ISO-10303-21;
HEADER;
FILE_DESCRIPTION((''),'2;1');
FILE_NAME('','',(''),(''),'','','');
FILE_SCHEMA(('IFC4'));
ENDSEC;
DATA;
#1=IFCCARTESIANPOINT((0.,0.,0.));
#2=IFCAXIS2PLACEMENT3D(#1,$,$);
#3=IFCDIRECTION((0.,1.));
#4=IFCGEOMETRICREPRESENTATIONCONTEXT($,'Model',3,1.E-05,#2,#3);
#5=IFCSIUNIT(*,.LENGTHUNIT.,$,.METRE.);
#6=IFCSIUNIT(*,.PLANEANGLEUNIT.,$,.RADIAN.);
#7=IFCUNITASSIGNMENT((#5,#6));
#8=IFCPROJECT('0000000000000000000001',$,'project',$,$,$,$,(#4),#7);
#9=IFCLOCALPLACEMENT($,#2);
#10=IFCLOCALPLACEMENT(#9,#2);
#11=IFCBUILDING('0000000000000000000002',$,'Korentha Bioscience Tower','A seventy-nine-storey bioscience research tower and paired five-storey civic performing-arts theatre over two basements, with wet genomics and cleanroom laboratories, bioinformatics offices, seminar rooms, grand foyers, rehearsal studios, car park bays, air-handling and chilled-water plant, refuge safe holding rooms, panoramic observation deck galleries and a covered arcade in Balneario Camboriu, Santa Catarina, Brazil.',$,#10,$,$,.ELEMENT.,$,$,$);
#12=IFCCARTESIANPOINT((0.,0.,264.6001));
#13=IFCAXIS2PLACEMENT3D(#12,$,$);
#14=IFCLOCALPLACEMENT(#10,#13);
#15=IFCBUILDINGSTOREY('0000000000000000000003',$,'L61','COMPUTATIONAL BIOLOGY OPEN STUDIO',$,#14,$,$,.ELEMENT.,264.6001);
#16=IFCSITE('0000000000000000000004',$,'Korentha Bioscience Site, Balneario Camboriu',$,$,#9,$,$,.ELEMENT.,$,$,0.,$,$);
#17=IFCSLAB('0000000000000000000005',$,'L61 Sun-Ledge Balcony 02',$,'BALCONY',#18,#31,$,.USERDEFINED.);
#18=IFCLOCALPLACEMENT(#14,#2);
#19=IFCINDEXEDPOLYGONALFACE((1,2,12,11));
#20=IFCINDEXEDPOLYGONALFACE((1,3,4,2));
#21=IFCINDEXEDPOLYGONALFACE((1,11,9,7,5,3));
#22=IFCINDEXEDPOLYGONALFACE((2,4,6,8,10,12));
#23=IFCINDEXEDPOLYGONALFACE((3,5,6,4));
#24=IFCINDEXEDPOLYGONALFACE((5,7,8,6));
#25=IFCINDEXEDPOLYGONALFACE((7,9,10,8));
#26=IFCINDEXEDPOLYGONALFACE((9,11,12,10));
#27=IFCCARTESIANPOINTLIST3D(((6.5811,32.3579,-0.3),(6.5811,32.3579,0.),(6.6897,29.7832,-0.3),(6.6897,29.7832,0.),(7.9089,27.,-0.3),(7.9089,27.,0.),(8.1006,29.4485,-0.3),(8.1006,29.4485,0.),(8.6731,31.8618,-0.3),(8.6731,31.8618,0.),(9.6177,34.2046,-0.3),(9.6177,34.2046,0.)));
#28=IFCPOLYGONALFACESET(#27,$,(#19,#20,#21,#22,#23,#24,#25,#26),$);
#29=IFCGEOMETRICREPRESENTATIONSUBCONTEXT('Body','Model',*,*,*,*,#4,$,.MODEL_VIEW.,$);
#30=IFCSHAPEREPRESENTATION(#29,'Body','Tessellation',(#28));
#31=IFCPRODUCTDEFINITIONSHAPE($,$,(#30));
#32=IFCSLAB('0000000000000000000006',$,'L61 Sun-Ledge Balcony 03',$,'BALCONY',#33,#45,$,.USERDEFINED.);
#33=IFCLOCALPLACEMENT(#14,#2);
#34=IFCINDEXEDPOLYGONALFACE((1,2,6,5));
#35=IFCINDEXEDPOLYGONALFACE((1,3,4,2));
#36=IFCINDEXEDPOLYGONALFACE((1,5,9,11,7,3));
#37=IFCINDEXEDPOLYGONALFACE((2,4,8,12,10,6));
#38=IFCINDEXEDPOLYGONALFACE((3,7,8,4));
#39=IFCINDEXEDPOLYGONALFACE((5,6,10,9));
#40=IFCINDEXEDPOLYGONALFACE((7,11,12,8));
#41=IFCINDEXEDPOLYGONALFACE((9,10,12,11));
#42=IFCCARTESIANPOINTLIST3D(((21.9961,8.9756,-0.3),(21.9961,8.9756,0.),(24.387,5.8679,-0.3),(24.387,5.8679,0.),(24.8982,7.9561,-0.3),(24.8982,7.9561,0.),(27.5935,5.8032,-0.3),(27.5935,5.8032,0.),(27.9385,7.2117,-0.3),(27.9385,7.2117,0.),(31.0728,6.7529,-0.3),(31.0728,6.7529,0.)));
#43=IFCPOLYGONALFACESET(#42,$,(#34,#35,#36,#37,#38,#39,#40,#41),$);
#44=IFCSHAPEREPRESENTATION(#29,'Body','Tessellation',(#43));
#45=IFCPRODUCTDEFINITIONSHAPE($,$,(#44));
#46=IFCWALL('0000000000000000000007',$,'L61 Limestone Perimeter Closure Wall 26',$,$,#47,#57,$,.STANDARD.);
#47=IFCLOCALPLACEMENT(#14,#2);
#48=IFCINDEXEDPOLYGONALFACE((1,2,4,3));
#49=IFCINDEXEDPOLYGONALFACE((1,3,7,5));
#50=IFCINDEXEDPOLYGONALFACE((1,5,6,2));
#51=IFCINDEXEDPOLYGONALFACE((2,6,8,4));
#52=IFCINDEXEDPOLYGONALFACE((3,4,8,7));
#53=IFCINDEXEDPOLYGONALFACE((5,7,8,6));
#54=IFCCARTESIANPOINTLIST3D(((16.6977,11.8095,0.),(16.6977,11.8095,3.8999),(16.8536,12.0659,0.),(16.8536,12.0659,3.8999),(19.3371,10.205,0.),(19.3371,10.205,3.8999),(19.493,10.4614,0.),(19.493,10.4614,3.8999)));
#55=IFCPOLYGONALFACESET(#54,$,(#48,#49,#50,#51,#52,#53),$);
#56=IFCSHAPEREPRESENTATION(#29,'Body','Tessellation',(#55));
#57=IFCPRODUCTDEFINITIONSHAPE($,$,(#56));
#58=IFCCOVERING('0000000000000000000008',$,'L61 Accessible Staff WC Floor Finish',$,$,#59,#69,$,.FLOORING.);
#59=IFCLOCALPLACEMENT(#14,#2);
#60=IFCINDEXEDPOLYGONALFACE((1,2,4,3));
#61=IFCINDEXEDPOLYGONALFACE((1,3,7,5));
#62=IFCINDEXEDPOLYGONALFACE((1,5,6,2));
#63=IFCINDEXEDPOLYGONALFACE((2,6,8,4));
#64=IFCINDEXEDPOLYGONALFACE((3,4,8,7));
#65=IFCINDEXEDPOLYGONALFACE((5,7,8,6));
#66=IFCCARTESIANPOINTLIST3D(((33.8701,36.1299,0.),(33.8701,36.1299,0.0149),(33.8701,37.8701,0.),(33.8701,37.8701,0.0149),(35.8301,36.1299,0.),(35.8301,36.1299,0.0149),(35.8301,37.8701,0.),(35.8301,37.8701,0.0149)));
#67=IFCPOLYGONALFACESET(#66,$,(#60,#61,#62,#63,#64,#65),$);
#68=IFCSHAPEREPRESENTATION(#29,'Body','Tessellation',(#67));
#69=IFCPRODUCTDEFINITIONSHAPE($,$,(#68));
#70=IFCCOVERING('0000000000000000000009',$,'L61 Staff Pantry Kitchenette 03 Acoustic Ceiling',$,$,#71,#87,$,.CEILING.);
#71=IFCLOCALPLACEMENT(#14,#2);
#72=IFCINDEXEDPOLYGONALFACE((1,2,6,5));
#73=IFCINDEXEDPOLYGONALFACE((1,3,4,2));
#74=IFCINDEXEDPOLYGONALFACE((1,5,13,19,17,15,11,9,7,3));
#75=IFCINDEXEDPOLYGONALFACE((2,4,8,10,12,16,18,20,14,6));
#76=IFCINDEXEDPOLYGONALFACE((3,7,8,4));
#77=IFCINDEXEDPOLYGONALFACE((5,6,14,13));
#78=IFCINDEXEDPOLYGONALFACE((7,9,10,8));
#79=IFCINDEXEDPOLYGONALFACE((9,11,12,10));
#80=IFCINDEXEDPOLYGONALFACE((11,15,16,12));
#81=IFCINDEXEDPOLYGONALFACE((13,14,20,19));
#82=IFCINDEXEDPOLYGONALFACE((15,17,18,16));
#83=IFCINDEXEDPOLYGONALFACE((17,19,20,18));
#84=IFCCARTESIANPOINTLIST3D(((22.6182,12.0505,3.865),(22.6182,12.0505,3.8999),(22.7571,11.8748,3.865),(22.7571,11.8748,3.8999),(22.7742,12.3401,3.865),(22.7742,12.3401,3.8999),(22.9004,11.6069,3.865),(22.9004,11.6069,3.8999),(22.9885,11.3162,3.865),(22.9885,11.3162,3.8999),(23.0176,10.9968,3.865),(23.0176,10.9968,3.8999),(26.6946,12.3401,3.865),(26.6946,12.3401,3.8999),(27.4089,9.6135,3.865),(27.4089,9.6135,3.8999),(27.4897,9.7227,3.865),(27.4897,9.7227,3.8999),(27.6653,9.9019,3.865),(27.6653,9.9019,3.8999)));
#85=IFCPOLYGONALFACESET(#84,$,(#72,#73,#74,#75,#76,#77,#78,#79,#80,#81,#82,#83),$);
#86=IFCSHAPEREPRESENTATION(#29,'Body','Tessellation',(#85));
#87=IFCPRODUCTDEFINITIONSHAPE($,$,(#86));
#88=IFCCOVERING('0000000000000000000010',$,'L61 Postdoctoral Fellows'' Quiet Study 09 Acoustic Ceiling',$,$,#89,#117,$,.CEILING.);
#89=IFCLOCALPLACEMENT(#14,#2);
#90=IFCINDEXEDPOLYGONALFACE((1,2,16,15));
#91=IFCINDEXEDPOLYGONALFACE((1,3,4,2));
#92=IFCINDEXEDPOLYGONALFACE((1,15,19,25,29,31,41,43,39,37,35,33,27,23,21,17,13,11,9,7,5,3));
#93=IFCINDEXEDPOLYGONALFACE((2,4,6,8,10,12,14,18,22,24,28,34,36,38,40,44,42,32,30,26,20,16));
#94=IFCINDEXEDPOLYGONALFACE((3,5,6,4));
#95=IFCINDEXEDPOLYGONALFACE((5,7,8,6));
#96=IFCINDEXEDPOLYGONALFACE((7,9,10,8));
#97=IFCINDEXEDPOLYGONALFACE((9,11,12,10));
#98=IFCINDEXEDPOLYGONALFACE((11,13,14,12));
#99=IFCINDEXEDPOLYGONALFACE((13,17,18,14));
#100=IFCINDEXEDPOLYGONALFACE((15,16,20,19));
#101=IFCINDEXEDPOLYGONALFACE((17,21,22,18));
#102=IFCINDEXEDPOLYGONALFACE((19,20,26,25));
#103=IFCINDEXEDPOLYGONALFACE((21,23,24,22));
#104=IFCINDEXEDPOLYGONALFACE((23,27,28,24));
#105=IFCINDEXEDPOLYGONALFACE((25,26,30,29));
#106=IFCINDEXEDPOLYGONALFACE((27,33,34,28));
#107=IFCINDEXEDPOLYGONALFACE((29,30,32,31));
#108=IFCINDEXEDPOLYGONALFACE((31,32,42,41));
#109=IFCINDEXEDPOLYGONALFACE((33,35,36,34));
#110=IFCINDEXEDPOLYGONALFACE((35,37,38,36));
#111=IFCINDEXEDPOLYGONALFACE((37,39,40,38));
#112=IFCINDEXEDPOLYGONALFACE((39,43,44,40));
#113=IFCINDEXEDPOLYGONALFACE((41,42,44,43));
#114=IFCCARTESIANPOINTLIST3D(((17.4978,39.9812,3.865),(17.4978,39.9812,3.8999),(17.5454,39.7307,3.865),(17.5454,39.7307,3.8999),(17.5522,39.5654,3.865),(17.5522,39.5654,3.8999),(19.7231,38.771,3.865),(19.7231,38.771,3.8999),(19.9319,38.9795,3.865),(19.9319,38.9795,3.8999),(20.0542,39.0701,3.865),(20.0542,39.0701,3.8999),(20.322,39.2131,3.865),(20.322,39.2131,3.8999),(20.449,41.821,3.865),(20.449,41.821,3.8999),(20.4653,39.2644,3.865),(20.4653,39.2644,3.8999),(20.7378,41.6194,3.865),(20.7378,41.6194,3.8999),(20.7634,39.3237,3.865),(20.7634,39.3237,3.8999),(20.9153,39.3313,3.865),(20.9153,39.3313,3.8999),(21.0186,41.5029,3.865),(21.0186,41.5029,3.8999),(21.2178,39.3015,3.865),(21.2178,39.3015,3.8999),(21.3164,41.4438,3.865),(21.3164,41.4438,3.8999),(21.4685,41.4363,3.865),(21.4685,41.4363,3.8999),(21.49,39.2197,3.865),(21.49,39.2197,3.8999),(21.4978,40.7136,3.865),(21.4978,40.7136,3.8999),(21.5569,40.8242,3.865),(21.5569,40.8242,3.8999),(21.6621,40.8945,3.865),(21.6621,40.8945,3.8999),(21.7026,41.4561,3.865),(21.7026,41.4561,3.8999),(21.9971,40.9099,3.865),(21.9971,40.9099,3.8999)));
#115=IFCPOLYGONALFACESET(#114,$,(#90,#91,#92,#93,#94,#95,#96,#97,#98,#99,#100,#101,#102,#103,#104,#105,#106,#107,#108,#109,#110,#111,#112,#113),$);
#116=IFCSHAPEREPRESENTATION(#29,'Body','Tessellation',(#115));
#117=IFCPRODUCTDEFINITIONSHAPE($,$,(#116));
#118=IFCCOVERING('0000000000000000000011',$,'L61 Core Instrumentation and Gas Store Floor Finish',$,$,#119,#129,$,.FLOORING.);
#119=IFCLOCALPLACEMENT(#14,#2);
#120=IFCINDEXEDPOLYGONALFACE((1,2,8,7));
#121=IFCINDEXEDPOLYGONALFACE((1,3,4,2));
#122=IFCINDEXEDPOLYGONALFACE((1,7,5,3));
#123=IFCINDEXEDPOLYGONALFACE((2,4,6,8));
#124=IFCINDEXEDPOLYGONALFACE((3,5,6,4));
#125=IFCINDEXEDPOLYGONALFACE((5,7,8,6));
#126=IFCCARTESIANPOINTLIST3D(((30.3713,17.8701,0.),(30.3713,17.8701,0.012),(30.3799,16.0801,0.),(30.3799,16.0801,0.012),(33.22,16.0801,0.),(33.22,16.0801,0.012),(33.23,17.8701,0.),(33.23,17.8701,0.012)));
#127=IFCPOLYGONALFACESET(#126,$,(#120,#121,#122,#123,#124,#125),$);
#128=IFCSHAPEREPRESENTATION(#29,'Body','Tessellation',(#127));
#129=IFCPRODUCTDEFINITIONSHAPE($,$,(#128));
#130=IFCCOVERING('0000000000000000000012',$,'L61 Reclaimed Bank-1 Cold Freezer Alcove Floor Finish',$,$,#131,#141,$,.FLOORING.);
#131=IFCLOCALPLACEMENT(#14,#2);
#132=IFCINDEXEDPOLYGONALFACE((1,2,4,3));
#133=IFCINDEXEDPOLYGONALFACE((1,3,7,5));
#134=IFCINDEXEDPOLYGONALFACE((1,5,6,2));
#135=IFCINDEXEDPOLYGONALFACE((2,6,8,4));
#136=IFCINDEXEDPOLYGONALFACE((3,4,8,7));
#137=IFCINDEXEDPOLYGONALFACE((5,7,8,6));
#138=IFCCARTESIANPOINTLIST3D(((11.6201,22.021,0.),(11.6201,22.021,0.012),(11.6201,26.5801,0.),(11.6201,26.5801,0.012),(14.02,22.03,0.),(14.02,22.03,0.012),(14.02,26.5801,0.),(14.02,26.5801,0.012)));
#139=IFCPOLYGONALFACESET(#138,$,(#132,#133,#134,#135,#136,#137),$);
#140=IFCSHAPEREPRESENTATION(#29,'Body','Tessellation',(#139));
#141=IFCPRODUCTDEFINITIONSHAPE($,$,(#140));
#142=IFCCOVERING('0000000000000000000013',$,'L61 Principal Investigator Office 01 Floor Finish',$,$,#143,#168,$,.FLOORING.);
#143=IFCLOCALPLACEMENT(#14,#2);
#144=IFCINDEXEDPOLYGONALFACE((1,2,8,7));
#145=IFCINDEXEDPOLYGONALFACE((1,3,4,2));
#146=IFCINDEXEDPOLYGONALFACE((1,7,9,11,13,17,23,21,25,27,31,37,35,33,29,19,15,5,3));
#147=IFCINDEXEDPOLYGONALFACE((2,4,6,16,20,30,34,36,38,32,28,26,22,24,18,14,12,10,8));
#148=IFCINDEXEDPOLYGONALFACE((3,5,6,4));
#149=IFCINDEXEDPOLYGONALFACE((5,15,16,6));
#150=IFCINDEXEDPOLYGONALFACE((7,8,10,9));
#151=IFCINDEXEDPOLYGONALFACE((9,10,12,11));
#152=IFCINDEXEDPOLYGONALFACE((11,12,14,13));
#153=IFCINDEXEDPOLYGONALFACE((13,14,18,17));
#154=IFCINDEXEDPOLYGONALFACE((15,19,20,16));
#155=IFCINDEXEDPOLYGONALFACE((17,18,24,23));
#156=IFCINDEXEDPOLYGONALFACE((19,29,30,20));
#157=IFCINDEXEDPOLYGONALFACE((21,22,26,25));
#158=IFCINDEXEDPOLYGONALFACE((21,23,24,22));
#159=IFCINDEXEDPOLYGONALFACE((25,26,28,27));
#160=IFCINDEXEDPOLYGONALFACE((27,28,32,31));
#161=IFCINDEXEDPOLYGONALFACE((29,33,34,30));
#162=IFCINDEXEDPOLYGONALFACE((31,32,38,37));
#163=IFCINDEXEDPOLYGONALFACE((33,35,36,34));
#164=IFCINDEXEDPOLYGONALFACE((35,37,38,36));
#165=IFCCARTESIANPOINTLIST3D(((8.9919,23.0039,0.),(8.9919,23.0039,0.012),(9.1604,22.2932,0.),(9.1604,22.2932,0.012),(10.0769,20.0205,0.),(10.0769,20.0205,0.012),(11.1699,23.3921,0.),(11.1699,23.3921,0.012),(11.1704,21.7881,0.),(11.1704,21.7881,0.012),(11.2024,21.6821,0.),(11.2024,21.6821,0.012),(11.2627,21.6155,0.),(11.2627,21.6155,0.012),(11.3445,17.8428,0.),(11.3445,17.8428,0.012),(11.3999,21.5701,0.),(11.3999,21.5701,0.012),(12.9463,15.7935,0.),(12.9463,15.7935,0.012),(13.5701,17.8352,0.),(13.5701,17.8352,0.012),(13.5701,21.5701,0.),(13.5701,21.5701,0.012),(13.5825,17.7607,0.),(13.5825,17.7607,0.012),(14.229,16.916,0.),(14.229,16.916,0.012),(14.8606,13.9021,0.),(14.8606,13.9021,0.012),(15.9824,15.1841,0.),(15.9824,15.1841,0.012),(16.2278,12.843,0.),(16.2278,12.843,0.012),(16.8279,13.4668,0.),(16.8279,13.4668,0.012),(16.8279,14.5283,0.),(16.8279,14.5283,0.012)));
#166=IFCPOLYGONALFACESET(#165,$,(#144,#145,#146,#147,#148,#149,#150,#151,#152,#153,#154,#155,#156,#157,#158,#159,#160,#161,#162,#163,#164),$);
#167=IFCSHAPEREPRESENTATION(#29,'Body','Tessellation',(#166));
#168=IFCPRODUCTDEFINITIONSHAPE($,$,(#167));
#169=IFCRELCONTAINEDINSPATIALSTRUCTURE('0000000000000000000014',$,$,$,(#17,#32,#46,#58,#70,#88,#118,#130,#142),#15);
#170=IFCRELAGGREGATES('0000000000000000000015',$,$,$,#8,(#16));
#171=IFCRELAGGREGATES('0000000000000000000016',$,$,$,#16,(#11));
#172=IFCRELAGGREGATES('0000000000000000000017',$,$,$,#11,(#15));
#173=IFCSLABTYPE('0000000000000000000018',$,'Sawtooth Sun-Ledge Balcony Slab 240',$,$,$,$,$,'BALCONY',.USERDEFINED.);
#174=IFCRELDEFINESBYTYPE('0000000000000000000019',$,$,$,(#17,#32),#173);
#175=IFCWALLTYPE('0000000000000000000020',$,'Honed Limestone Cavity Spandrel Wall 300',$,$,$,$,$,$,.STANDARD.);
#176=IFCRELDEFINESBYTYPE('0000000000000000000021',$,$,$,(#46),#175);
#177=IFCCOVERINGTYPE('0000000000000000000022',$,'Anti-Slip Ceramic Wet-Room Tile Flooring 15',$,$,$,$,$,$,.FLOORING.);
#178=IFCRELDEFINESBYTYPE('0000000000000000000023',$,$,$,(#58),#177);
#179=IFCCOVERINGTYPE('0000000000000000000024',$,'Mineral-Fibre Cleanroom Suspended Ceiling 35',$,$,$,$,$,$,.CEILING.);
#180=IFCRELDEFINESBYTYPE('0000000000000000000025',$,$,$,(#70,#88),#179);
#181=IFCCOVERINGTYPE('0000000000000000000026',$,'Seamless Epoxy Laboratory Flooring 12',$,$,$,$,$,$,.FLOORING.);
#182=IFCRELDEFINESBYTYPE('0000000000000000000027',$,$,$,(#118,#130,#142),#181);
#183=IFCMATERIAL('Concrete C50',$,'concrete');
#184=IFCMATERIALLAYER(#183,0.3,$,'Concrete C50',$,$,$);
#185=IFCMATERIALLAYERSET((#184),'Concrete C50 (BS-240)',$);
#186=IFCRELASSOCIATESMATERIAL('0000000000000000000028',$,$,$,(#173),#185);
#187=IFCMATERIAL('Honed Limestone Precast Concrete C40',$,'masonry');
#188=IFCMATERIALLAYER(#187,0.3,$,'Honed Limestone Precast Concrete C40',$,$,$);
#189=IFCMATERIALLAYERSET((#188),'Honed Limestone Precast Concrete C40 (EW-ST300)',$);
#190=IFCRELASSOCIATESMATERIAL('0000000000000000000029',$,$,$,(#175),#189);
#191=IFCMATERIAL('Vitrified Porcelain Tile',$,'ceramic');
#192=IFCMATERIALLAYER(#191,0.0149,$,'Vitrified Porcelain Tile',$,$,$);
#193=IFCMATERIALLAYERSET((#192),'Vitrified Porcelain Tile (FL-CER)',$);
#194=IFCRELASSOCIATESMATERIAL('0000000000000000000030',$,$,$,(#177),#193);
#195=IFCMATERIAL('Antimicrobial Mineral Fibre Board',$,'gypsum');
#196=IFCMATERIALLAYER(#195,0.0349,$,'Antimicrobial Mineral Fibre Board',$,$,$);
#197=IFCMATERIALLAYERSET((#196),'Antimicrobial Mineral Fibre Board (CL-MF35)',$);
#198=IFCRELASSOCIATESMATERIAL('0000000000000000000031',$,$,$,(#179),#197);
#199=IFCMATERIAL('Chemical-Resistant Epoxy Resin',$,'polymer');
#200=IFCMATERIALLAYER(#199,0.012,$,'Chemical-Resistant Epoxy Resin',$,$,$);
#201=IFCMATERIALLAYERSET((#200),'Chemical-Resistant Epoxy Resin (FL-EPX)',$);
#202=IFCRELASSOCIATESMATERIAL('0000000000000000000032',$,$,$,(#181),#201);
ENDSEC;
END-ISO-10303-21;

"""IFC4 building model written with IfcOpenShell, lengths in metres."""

from ifc_helpers import new_model, si_unit, direction, frame, frame_2d, origin, place, context, subcontext, project, spatial, polyline, rectangle, outline, extrude, material, layer, layer_set, type_object, element, save


model = new_model("IFC4")

# Units and contexts
model_context = context("Model", 3, precision=1e-05, world=origin(), true_north=direction((0.0, 1.0)))
body_context = subcontext(model_context, "Body", "Model", "MODEL_VIEW")
ifc_project = project(units=[si_unit("LENGTHUNIT", "METRE"), si_unit("PLANEANGLEUNIT", "RADIAN")], contexts=[model_context])

# Site, building, storey
site_placement = place(None, origin())
site = spatial("IfcSite", under=ifc_project, at=site_placement, Name="Korentha Bioscience Site, Balneario Camboriu", CompositionType="ELEMENT", RefElevation=0.0)
building_placement = place(site_placement, origin())
building = spatial("IfcBuilding", under=site, at=building_placement, Name="Korentha Bioscience Tower", Description="A seventy-nine-storey bioscience research tower and paired five-storey civic performing-arts theatre over two basements, with wet genomics and cleanroom laboratories, bioinformatics offices, seminar rooms, grand foyers, rehearsal studios, car park bays, air-handling and chilled-water plant, refuge safe holding rooms, panoramic observation deck galleries and a covered arcade in Balneario Camboriu, Santa Catarina, Brazil.", CompositionType="ELEMENT")
storey_placement = place(building_placement, frame((0.0, 0.0, 264.6001)))
storey = spatial("IfcBuildingStorey", under=building, at=storey_placement, Name="L61", Description="COMPUTATIONAL BIOLOGY OPEN STUDIO", CompositionType="ELEMENT", Elevation=264.6001)

# Shared definitions
ifc_material_1 = material(Name="Concrete C50", Category="concrete")

# Slabs
ifc_layer_1 = layer(ifc_material_1, 0.3, Name="Concrete C50")
ifc_layer_set_1 = layer_set([ifc_layer_1], Name="Concrete C50 (BS-240)")
slab_type_1 = type_object("IfcSlabType", Name="Sawtooth Sun-Ledge Balcony Slab 240", ElementType="BALCONY", PredefinedType="USERDEFINED", material=ifc_layer_set_1)
slab_1_placement = place(storey_placement, frame((0.0, 0.0, -0.3)))
element("IfcSlab", 1, at=slab_1_placement, inside=storey, type_object=slab_type_1, Name="L61 Sun-Ledge Balcony 02", ObjectType="BALCONY", PredefinedType="USERDEFINED", context=body_context, shape_type="SweptSolid", body=[
    extrude(outline(polyline([(7.9089, 27.0), (8.1006, 29.4485), (8.6731, 31.8618), (9.6177, 34.2046), (6.5811, 32.3579), (6.6897, 29.7832), (7.9089, 27.0)])), origin(), (0.0, 0.0, 1.0), 0.3),
])
slab_2_placement = place(storey_placement, frame((0.0, 0.0, -0.3)))
element("IfcSlab", 2, at=slab_2_placement, inside=storey, type_object=slab_type_1, Name="L61 Sun-Ledge Balcony 03", ObjectType="BALCONY", PredefinedType="USERDEFINED", context=body_context, shape_type="SweptSolid", body=[
    extrude(outline(polyline([(31.0728, 6.7529), (27.9385, 7.2117), (24.8982, 7.9561), (21.9961, 8.9756), (24.387, 5.8679), (27.5935, 5.8032), (31.0728, 6.7529)])), origin(), (0.0, 0.0, 1.0), 0.3),
])

# Wall
ifc_material_2 = material(Name="Honed Limestone Precast Concrete C40", Category="masonry")
ifc_layer_2 = layer(ifc_material_2, 0.3, Name="Honed Limestone Precast Concrete C40")
ifc_layer_set_2 = layer_set([ifc_layer_2], Name="Honed Limestone Precast Concrete C40 (EW-ST300)")
wall_type = type_object("IfcWallType", Name="Honed Limestone Cavity Spandrel Wall 300", PredefinedType="STANDARD", material=ifc_layer_set_2)
wall_placement = place(storey_placement, frame((16.7756, 11.9377, 0.0), z_axis=(0.0, 0.0, 1.0), x_axis=(0.854501, -0.51945, 0.0)))
element("IfcWall", 3, at=wall_placement, inside=storey, type_object=wall_type, Name="L61 Limestone Perimeter Closure Wall 26", PredefinedType="STANDARD", context=body_context, shape_type="SweptSolid", body=[
    extrude(rectangle(XDim=3.0889, YDim=0.3, at=frame_2d((1.5444, 0.0))), origin(), (0.0, 0.0, 1.0), 3.8999),
])

# Coverings
ifc_material_3 = material(Name="Vitrified Porcelain Tile", Category="ceramic")
ifc_layer_3 = layer(ifc_material_3, 0.0149, Name="Vitrified Porcelain Tile")
ifc_layer_set_3 = layer_set([ifc_layer_3], Name="Vitrified Porcelain Tile (FL-CER)")
covering_type_1 = type_object("IfcCoveringType", Name="Anti-Slip Ceramic Wet-Room Tile Flooring 15", PredefinedType="FLOORING", material=ifc_layer_set_3)
covering_1_placement = place(storey_placement, origin())
element("IfcCovering", 4, at=covering_1_placement, inside=storey, type_object=covering_type_1, Name="L61 Accessible Staff WC Floor Finish", PredefinedType="FLOORING", context=body_context, shape_type="SweptSolid", body=[
    extrude(outline(polyline([(33.8701, 36.1299), (33.8701, 37.8701), (35.8301, 37.8701), (35.8301, 36.1299), (33.8701, 36.1299)])), origin(), (0.0, 0.0, 1.0), 0.0149),
])
ifc_material_4 = material(Name="Antimicrobial Mineral Fibre Board", Category="gypsum")
ifc_layer_4 = layer(ifc_material_4, 0.0349, Name="Antimicrobial Mineral Fibre Board")
ifc_layer_set_4 = layer_set([ifc_layer_4], Name="Antimicrobial Mineral Fibre Board (CL-MF35)")
covering_type_2 = type_object("IfcCoveringType", Name="Mineral-Fibre Cleanroom Suspended Ceiling 35", PredefinedType="CEILING", material=ifc_layer_set_4)
covering_2_placement = place(storey_placement, frame((0.0, 0.0, 3.865)))
element("IfcCovering", 5, at=covering_2_placement, inside=storey, type_object=covering_type_2, Name="L61 Staff Pantry Kitchenette 03 Acoustic Ceiling", PredefinedType="CEILING", context=body_context, shape_type="SweptSolid", body=[
    extrude(outline(polyline([(27.6653, 9.9019), (27.4897, 9.7227), (27.4089, 9.6135), (23.0176, 10.9968), (22.9885, 11.3162), (22.9004, 11.6069), (22.7571, 11.8748), (22.6182, 12.0505), (22.7742, 12.3401), (26.6946, 12.3401), (27.6653, 9.9019)])), origin(), (0.0, 0.0, 1.0), 0.0349),
])
covering_3_placement = place(storey_placement, frame((0.0, 0.0, 3.865)))
element("IfcCovering", 6, at=covering_3_placement, inside=storey, type_object=covering_type_2, Name="L61 Postdoctoral Fellows' Quiet Study 09 Acoustic Ceiling", PredefinedType="CEILING", context=body_context, shape_type="SweptSolid", body=[
    extrude(outline(polyline([(20.449, 41.821), (20.7378, 41.6194), (21.0186, 41.5029), (21.3164, 41.4438), (21.4685, 41.4363), (21.7026, 41.4561), (21.9971, 40.9099), (21.6621, 40.8945), (21.5569, 40.8242), (21.4978, 40.7136), (21.49, 39.2197), (21.2178, 39.3015), (20.9153, 39.3313), (20.7634, 39.3237), (20.4653, 39.2644), (20.322, 39.2131), (20.0542, 39.0701), (19.9319, 38.9795), (19.7231, 38.771), (17.5522, 39.5654), (17.5454, 39.7307), (17.4978, 39.9812), (20.449, 41.821)])), origin(), (0.0, 0.0, 1.0), 0.0349),
])
ifc_material_5 = material(Name="Chemical-Resistant Epoxy Resin", Category="polymer")
ifc_layer_5 = layer(ifc_material_5, 0.012, Name="Chemical-Resistant Epoxy Resin")
ifc_layer_set_5 = layer_set([ifc_layer_5], Name="Chemical-Resistant Epoxy Resin (FL-EPX)")
covering_type_3 = type_object("IfcCoveringType", Name="Seamless Epoxy Laboratory Flooring 12", PredefinedType="FLOORING", material=ifc_layer_set_5)
covering_4_placement = place(storey_placement, origin())
element("IfcCovering", 7, at=covering_4_placement, inside=storey, type_object=covering_type_3, Name="L61 Core Instrumentation and Gas Store Floor Finish", PredefinedType="FLOORING", context=body_context, shape_type="SweptSolid", body=[
    extrude(outline(polyline([(33.23, 17.8701), (33.22, 16.0801), (30.3799, 16.0801), (30.3713, 17.8701), (33.23, 17.8701)])), origin(), (0.0, 0.0, 1.0), 0.012),
])
covering_5_placement = place(storey_placement, origin())
element("IfcCovering", 8, at=covering_5_placement, inside=storey, type_object=covering_type_3, Name="L61 Reclaimed Bank-1 Cold Freezer Alcove Floor Finish", PredefinedType="FLOORING", context=body_context, shape_type="SweptSolid", body=[
    extrude(outline(polyline([(14.02, 22.03), (11.6201, 22.021), (11.6201, 26.5801), (14.02, 26.5801), (14.02, 22.03)])), origin(), (0.0, 0.0, 1.0), 0.012),
])
covering_6_placement = place(storey_placement, origin())
element("IfcCovering", 9, at=covering_6_placement, inside=storey, type_object=covering_type_3, Name="L61 Principal Investigator Office 01 Floor Finish", PredefinedType="FLOORING", context=body_context, shape_type="SweptSolid", body=[
    extrude(outline(polyline([(11.1699, 23.3921), (11.1704, 21.7881), (11.2024, 21.6821), (11.2627, 21.6155), (11.3999, 21.5701), (13.5701, 21.5701), (13.5701, 17.8352), (13.5825, 17.7607), (14.229, 16.916), (15.9824, 15.1841), (16.8279, 14.5283), (16.8279, 13.4668), (16.2278, 12.843), (14.8606, 13.9021), (12.9463, 15.7935), (11.3445, 17.8428), (10.0769, 20.0205), (9.1604, 22.2932), (8.9919, 23.0039), (11.1699, 23.3921)])), origin(), (0.0, 0.0, 1.0), 0.012),
])

save(model, "model.ifc")
